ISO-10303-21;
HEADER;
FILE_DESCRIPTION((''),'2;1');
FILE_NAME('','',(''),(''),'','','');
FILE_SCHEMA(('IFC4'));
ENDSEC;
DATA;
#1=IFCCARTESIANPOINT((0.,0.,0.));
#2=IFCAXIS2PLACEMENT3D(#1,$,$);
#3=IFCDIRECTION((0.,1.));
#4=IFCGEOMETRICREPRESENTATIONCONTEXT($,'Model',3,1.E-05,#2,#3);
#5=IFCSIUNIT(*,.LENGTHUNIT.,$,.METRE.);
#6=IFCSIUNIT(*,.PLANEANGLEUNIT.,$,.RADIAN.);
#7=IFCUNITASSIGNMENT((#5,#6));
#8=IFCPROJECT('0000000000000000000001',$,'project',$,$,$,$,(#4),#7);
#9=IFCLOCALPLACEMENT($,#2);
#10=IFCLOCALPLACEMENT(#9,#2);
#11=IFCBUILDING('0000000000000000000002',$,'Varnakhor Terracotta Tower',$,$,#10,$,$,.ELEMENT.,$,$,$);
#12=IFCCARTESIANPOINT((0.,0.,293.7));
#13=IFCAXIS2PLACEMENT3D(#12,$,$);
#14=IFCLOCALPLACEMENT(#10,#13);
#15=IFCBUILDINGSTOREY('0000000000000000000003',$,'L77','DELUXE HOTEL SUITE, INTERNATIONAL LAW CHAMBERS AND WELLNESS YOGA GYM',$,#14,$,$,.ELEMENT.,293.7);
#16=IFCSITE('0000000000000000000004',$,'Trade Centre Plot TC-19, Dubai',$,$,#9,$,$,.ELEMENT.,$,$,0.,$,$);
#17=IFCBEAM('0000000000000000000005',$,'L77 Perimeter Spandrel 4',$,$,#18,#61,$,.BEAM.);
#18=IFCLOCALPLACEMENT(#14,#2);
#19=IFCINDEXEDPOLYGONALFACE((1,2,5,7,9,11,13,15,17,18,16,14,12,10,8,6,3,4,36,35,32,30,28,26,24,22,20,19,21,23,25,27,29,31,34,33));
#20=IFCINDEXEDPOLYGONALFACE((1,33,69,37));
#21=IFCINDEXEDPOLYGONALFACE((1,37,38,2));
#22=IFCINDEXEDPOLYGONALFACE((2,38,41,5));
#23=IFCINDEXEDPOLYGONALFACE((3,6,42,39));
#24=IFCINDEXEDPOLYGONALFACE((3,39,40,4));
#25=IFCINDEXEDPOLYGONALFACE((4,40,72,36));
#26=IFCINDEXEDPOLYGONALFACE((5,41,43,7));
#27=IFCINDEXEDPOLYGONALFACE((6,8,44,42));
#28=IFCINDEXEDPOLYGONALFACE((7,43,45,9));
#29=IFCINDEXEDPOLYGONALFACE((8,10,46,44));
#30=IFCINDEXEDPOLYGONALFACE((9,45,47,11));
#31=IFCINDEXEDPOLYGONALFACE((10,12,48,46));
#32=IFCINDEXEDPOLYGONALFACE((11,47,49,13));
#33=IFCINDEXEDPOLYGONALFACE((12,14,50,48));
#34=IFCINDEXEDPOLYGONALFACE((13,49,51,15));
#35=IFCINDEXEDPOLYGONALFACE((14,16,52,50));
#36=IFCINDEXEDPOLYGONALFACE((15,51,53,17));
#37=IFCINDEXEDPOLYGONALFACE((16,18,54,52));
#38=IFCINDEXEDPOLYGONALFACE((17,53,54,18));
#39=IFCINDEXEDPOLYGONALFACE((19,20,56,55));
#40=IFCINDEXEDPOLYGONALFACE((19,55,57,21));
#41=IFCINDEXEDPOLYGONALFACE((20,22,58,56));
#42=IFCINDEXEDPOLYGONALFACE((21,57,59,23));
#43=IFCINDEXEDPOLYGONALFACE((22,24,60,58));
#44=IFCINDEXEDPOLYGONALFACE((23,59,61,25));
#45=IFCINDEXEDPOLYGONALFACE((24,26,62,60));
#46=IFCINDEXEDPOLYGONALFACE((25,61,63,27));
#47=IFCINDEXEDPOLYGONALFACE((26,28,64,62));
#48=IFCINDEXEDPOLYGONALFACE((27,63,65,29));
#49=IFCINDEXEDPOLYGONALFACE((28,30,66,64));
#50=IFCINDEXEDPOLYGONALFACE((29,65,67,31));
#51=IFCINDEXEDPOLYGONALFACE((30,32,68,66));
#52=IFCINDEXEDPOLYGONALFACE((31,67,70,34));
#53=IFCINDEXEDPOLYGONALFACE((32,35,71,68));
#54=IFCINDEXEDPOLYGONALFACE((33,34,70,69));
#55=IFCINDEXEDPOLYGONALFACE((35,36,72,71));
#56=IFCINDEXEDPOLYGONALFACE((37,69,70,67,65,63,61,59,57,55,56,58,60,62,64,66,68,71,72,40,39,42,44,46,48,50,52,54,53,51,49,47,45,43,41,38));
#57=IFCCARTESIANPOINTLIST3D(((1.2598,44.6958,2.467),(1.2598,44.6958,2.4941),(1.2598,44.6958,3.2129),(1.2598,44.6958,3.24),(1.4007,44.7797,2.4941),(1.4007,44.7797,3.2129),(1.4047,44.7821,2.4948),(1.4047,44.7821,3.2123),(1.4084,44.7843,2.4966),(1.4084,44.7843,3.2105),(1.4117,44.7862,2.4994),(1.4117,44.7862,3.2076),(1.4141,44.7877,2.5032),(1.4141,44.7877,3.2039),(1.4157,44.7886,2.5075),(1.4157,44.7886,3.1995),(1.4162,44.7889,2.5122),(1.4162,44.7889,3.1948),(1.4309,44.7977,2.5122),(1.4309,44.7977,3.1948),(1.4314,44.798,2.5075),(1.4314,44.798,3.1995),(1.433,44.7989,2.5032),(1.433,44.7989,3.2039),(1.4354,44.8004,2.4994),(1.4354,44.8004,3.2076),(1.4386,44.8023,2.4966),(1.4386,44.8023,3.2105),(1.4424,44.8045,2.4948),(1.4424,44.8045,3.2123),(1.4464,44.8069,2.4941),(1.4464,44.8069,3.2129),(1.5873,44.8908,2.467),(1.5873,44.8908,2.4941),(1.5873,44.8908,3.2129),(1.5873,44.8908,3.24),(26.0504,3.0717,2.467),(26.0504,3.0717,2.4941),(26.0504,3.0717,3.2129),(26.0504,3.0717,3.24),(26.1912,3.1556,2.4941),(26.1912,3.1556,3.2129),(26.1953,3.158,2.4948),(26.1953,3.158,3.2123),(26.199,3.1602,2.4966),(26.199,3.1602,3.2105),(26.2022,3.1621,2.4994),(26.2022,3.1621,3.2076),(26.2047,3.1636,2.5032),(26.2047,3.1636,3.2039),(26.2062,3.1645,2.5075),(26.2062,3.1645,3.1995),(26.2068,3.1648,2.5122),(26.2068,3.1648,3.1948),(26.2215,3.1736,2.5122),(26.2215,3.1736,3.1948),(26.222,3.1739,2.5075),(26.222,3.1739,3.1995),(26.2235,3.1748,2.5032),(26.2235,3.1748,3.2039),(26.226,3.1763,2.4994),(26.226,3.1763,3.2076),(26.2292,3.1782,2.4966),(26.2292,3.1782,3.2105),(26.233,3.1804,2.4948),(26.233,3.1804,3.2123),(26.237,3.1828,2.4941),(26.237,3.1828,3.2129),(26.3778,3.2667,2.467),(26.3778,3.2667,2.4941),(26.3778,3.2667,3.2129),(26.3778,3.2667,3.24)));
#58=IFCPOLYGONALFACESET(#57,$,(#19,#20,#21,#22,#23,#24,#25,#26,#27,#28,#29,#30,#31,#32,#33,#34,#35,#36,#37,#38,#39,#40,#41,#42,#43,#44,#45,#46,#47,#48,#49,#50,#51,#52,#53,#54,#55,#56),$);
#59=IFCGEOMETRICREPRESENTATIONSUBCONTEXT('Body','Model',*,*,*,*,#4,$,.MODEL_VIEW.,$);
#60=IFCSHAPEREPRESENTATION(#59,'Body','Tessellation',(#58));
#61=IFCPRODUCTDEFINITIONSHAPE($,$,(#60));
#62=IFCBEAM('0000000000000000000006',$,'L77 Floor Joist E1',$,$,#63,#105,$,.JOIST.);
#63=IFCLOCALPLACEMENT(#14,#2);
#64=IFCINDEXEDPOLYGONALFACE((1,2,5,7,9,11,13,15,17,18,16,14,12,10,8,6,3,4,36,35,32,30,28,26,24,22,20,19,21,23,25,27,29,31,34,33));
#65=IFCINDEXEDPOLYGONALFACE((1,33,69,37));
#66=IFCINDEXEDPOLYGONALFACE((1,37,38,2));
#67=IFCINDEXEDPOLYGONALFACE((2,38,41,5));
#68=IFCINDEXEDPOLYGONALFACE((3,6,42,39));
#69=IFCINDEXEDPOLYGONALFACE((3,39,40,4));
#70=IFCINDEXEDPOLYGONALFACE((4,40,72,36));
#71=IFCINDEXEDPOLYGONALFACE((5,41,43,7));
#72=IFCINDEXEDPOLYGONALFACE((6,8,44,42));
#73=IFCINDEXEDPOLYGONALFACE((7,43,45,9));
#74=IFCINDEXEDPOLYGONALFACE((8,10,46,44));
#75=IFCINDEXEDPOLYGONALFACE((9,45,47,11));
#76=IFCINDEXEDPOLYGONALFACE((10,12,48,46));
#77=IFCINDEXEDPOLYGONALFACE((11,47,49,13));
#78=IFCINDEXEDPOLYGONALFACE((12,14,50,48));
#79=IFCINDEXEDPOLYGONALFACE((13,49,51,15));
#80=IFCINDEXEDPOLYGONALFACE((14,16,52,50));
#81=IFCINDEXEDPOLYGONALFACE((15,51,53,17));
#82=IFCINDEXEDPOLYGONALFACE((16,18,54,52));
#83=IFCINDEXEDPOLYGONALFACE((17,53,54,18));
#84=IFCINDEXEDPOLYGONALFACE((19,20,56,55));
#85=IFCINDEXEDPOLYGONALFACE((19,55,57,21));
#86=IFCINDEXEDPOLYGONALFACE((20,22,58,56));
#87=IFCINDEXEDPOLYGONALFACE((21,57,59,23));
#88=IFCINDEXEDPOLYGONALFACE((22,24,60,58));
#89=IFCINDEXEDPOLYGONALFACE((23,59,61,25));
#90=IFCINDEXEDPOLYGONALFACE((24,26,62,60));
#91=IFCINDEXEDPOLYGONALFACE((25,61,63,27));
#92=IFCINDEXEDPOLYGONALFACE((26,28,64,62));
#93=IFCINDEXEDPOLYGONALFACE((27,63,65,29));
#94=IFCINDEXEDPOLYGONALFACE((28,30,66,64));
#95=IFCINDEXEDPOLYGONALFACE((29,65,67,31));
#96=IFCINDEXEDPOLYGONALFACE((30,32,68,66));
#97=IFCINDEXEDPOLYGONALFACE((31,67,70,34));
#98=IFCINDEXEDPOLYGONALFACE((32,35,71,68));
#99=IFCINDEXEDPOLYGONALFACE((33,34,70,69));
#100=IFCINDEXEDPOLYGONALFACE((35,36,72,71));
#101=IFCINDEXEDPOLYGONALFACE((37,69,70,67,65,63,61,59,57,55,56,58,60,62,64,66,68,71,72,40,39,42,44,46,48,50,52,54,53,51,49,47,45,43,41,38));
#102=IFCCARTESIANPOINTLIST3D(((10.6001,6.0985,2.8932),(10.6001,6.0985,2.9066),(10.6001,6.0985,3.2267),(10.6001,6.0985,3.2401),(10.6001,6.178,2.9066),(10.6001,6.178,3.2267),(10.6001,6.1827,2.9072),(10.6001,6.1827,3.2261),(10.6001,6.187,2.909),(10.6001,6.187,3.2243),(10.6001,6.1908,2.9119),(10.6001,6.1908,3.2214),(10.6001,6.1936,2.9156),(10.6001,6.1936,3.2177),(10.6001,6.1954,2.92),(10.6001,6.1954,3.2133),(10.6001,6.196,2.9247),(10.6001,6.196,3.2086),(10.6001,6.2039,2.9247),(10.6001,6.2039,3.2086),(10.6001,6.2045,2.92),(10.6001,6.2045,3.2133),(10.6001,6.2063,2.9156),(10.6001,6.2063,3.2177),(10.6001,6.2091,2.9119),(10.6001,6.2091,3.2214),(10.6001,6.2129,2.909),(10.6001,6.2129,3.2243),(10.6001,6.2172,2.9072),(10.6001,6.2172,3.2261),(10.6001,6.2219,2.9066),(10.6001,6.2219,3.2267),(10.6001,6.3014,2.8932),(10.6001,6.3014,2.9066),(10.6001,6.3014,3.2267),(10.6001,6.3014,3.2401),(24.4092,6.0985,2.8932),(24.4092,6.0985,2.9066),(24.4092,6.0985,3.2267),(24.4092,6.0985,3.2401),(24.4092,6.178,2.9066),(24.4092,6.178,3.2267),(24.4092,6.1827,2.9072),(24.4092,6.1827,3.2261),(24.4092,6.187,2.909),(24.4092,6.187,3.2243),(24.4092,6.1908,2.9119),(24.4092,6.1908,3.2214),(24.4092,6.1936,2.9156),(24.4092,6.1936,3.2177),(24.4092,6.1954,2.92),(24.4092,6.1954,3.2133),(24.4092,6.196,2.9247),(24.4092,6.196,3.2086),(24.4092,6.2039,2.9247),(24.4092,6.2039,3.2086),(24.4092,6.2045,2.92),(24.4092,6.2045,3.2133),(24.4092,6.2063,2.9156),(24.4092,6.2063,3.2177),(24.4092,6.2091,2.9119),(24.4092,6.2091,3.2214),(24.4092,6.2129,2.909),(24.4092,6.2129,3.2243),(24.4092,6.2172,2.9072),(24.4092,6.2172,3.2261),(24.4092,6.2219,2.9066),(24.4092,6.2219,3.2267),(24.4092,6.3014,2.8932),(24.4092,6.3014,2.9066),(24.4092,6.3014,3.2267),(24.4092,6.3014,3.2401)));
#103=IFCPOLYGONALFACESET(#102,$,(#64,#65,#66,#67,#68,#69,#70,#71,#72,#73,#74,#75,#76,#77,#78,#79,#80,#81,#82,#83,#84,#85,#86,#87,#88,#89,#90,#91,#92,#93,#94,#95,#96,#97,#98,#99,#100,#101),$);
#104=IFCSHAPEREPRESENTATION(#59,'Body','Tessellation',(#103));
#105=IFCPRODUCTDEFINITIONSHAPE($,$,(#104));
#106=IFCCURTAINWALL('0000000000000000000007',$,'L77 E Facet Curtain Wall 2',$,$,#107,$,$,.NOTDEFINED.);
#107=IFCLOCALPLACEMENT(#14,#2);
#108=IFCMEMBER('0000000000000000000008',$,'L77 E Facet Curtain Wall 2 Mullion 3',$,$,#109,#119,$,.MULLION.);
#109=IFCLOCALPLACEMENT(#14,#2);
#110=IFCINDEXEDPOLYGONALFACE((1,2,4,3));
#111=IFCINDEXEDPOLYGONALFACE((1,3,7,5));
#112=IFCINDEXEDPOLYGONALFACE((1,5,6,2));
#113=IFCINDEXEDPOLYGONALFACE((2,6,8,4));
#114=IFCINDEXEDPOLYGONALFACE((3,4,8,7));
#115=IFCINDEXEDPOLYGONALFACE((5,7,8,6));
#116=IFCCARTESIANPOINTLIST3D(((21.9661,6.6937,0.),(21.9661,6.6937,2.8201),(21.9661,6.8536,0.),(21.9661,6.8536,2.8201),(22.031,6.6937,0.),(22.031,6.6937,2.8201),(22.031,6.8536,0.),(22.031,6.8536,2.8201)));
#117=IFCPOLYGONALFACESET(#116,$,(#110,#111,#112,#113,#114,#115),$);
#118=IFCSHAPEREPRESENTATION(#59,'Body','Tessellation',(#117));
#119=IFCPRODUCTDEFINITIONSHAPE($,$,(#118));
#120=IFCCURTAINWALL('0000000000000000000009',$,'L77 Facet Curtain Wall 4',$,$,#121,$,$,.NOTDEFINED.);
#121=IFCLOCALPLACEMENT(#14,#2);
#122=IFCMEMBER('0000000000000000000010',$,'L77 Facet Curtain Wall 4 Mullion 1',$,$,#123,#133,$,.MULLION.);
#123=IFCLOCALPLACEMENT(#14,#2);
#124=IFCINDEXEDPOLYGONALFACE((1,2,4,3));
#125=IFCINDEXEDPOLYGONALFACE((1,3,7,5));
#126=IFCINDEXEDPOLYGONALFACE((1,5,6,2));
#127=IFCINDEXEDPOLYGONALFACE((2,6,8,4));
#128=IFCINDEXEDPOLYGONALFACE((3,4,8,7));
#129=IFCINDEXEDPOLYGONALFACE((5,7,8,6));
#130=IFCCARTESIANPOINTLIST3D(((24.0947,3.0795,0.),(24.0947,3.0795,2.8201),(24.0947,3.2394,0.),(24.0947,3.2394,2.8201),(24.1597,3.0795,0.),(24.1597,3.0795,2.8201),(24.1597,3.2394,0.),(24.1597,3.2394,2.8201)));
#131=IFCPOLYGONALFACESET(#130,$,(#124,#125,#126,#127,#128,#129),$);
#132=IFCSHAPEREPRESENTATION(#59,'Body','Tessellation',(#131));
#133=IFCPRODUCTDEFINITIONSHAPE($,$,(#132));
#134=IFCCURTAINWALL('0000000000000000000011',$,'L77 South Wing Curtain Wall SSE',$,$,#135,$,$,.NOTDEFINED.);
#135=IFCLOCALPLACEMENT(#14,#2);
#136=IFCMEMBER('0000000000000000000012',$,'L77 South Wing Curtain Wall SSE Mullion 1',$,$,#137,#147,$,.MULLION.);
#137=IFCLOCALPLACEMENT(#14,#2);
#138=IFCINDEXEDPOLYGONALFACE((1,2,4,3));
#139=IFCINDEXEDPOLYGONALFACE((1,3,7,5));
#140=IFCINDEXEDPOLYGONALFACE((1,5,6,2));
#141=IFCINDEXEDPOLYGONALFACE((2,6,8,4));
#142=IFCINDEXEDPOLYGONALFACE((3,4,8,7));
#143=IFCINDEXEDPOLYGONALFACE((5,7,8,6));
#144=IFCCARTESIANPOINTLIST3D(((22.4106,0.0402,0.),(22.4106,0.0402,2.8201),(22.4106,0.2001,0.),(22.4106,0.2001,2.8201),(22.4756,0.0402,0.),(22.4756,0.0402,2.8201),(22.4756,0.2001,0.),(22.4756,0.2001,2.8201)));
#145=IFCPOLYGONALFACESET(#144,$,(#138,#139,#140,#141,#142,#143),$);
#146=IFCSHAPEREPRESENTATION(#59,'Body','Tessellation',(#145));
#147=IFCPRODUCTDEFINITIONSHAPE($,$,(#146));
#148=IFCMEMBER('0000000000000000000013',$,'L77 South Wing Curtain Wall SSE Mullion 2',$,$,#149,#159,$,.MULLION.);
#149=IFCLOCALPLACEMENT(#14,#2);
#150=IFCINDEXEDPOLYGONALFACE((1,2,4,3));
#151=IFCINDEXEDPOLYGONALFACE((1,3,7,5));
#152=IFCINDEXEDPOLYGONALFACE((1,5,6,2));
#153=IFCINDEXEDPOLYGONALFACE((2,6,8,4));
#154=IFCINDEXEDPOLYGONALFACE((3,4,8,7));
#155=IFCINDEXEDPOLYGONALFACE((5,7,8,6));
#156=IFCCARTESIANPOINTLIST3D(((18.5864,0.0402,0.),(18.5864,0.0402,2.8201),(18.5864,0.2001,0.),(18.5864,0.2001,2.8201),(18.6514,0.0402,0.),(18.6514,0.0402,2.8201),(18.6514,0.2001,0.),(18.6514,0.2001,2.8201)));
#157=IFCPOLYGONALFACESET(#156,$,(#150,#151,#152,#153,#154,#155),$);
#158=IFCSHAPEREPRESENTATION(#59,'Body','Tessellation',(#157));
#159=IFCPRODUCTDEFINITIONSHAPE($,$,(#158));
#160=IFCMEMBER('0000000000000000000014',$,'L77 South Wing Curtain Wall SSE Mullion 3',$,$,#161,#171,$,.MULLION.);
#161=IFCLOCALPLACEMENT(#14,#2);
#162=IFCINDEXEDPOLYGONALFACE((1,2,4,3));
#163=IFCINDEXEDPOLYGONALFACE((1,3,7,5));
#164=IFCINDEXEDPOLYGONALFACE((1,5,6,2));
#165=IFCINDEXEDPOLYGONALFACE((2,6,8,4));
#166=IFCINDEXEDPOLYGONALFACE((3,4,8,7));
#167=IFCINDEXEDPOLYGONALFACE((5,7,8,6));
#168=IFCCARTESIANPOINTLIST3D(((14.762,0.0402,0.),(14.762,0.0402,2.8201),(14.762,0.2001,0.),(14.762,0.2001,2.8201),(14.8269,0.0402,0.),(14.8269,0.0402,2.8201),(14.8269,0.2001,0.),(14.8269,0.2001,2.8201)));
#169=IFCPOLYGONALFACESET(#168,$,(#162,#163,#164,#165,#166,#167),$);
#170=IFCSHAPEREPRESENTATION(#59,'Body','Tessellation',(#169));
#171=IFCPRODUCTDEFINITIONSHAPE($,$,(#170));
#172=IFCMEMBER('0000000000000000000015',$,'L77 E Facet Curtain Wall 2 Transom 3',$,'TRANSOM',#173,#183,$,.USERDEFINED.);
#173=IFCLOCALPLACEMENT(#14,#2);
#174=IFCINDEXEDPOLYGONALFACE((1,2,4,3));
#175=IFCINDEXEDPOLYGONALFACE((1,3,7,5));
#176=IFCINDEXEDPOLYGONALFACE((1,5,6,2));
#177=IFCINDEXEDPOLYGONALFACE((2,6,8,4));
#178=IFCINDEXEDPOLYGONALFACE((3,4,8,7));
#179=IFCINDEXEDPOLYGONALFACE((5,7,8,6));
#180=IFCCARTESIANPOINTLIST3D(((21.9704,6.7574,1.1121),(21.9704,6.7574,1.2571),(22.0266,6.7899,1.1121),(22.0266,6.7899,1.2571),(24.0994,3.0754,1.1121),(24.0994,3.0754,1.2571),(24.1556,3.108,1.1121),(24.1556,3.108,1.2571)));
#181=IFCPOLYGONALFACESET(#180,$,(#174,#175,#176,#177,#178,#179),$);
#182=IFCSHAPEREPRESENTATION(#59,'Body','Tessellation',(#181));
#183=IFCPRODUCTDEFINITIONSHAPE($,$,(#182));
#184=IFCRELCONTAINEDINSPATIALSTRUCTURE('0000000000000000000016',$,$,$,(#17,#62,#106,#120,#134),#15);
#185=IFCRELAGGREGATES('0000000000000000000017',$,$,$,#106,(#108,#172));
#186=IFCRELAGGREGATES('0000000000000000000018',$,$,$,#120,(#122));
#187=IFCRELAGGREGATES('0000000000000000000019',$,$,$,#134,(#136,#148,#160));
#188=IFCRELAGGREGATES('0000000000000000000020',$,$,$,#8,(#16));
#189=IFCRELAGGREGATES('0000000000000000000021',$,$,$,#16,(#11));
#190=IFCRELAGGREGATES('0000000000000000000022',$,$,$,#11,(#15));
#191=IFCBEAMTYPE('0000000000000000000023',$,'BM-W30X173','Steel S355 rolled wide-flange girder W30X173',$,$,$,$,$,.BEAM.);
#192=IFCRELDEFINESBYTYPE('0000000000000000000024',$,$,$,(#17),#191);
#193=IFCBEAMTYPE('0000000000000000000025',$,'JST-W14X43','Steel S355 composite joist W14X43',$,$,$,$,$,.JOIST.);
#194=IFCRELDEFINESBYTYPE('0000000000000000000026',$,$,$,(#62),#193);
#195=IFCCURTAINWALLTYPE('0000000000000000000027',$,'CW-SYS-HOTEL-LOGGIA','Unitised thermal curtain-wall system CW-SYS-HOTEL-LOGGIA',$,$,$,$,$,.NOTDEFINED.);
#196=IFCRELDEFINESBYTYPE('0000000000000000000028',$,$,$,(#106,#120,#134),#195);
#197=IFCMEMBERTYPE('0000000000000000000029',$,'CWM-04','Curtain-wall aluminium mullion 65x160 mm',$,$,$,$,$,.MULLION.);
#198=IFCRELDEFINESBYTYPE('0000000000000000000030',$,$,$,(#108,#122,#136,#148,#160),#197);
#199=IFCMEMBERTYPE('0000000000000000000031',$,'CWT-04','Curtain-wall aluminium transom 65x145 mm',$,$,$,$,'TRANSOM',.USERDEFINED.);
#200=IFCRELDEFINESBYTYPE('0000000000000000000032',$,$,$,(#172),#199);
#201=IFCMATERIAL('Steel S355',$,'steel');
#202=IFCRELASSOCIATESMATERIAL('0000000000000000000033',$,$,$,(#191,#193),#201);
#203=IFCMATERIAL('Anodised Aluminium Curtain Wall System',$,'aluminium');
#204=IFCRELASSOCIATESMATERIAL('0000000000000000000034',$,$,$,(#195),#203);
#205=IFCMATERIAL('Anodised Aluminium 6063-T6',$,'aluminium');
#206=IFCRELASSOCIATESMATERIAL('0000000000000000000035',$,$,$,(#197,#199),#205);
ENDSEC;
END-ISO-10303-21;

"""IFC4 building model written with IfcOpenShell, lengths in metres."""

from ifc_helpers import new_model, si_unit, direction, frame, origin, origin_2d, place, context, subcontext, project, spatial, rectangle, i_section, extrude, source, transform, mapped, material, material_profile, profile_set, type_object, type_shapes, element, aggregate, save


model = new_model("IFC4")

# Units and contexts
model_context = context("Model", 3, precision=1e-05, world=origin(), true_north=direction((0.0, 1.0)))
body_context = subcontext(model_context, "Body", "Model", "MODEL_VIEW")
ifc_project = project(units=[si_unit("LENGTHUNIT", "METRE"), si_unit("PLANEANGLEUNIT", "RADIAN")], contexts=[model_context])

# Site, building, storey
site_placement = place(None, origin())
site = spatial("IfcSite", under=ifc_project, at=site_placement, Name="Trade Centre Plot TC-19, Dubai", CompositionType="ELEMENT", RefElevation=0.0)
building_placement = place(site_placement, origin())
building = spatial("IfcBuilding", under=site, at=building_placement, Name="Varnakhor Terracotta Tower", CompositionType="ELEMENT")
storey_placement = place(building_placement, frame((0.0, 0.0, 293.7)))
storey = spatial("IfcBuildingStorey", under=building, at=storey_placement, Name="L77", Description="DELUXE HOTEL SUITE, INTERNATIONAL LAW CHAMBERS AND WELLNESS YOGA GYM", CompositionType="ELEMENT", Elevation=293.7)

# Shared definitions
ifc_material_1 = material(Name="Steel S355", Category="steel")

# Beams
ifc_material_profile_1 = material_profile(ifc_material_1, i_section(OverallWidth=0.3811, OverallDepth=0.7729, WebThickness=0.0171, FlangeThickness=0.0271, FilletRadius=0.0181, at=origin_2d()), Name="W30X173")
ifc_profile_set_1 = profile_set([ifc_material_profile_1], Name="Steel S355")
beam_type_1 = type_object("IfcBeamType", Name="BM-W30X173", Description="Steel S355 rolled wide-flange girder W30X173", PredefinedType="BEAM", material=ifc_profile_set_1)
shared_shape_1 = source(origin(), body_context, "Body", "SweptSolid", [
    extrude(i_section(OverallWidth=0.3811, OverallDepth=0.7729, WebThickness=0.0171, FlangeThickness=0.0271, FilletRadius=0.0181, at=origin_2d()), origin(), (0.0, 0.0, 1.0), 48.4473),
])
beam_1_placement = place(storey_placement, frame((26.2141, 3.1692, 2.8535), z_axis=(-0.511702, 0.859163, 0.0), x_axis=(-0.859163, -0.511702, 0.0)))
element("IfcBeam", 1, at=beam_1_placement, inside=storey, type_object=beam_type_1, Name="L77 Perimeter Spandrel 4", PredefinedType="BEAM", context=body_context, shape_type="MappedRepresentation", body=[
    mapped(shared_shape_1, transform((0.0, 0.0, 0.0), scale=1.0)),
])
ifc_material_profile_2 = material_profile(ifc_material_1, i_section(OverallWidth=0.2029, OverallDepth=0.3469, WebThickness=0.0078, FlangeThickness=0.0134, FilletRadius=0.0181, at=origin_2d()), Name="W14X43")
ifc_profile_set_2 = profile_set([ifc_material_profile_2], Name="Steel S355")
beam_type_2 = type_object("IfcBeamType", Name="JST-W14X43", Description="Steel S355 composite joist W14X43", PredefinedType="JOIST", material=ifc_profile_set_2)
shared_shape_2 = source(origin(), body_context, "Body", "SweptSolid", [
    extrude(i_section(OverallWidth=0.2029, OverallDepth=0.3469, WebThickness=0.0078, FlangeThickness=0.0134, FilletRadius=0.0181, at=origin_2d()), origin(), (0.0, 0.0, 1.0), 13.8091),
])
beam_2_placement = place(storey_placement, frame((10.6001, 6.2, 3.0667), z_axis=(1.0, 0.0, 0.0), x_axis=(0.0, 1.0, 0.0)))
element("IfcBeam", 2, at=beam_2_placement, inside=storey, type_object=beam_type_2, Name="L77 Floor Joist E1", PredefinedType="JOIST", context=body_context, shape_type="MappedRepresentation", body=[
    mapped(shared_shape_2, transform((0.0, 0.0, 0.0), scale=1.0)),
])

# Curtain walls, members
ifc_material_2 = material(Name="Anodised Aluminium Curtain Wall System", Category="aluminium")
curtain_wall_type = type_object("IfcCurtainWallType", Name="CW-SYS-HOTEL-LOGGIA", Description="Unitised thermal curtain-wall system CW-SYS-HOTEL-LOGGIA", PredefinedType="NOTDEFINED", material=ifc_material_2)
curtain_wall_1_placement = place(storey_placement, origin())
curtain_wall_1 = element("IfcCurtainWall", 3, at=curtain_wall_1_placement, inside=storey, type_object=curtain_wall_type, Name="L77 E Facet Curtain Wall 2", PredefinedType="NOTDEFINED")
ifc_material_3 = material(Name="Anodised Aluminium 6063-T6", Category="aluminium")
ifc_material_profile_3 = material_profile(ifc_material_3, rectangle(XDim=0.0649, YDim=0.1599, at=origin_2d()), Name="ALU MULLION 65x160")
ifc_profile_set_3 = profile_set([ifc_material_profile_3], Name="Anodised Aluminium 6063-T6")
member_type_1 = type_object("IfcMemberType", Name="CWM-04", Description="Curtain-wall aluminium mullion 65x160 mm", PredefinedType="MULLION", material=ifc_profile_set_3)
shared_shape_3 = source(origin(), body_context, "Body", "SweptSolid", [
    extrude(rectangle(XDim=0.0649, YDim=0.1599, at=origin_2d()), origin(), (0.0, 0.0, 1.0), 2.8201),
])
type_shapes(member_type_1, [shared_shape_3])
member_1_placement = place(storey_placement, frame((21.9985, 6.7737, 0.0), z_axis=(0.0, 0.0, 1.0), x_axis=(1.0, 0.0, 0.0)))
member_1 = element("IfcMember", 4, at=member_1_placement, type_object=member_type_1, Name="L77 E Facet Curtain Wall 2 Mullion 3", PredefinedType="MULLION", context=body_context, shape_type="MappedRepresentation", body=[
    mapped(shared_shape_3, transform((0.0, 0.0, 0.0), scale=1.0)),
])
curtain_wall_2_placement = place(storey_placement, origin())
curtain_wall_2 = element("IfcCurtainWall", 5, at=curtain_wall_2_placement, inside=storey, type_object=curtain_wall_type, Name="L77 Facet Curtain Wall 4", PredefinedType="NOTDEFINED")
member_2_placement = place(storey_placement, frame((24.1272, 3.1594, 0.0), z_axis=(0.0, 0.0, 1.0), x_axis=(1.0, 0.0, 0.0)))
member_2 = element("IfcMember", 6, at=member_2_placement, type_object=member_type_1, Name="L77 Facet Curtain Wall 4 Mullion 1", PredefinedType="MULLION", context=body_context, shape_type="MappedRepresentation", body=[
    mapped(shared_shape_3, transform((0.0, 0.0, 0.0), scale=1.0)),
])

# Curtain wall, members
curtain_wall_3_placement = place(storey_placement, origin())
curtain_wall_3 = element("IfcCurtainWall", 7, at=curtain_wall_3_placement, inside=storey, type_object=curtain_wall_type, Name="L77 South Wing Curtain Wall SSE", PredefinedType="NOTDEFINED")
member_3_placement = place(storey_placement, frame((22.4431, 0.1201, 0.0), z_axis=(0.0, 0.0, 1.0), x_axis=(1.0, 0.0, 0.0)))
member_3 = element("IfcMember", 8, at=member_3_placement, type_object=member_type_1, Name="L77 South Wing Curtain Wall SSE Mullion 1", PredefinedType="MULLION", context=body_context, shape_type="MappedRepresentation", body=[
    mapped(shared_shape_3, transform((0.0, 0.0, 0.0), scale=1.0)),
])
member_4_placement = place(storey_placement, frame((18.6189, 0.1201, 0.0), z_axis=(0.0, 0.0, 1.0), x_axis=(1.0, 0.0, 0.0)))
member_4 = element("IfcMember", 9, at=member_4_placement, type_object=member_type_1, Name="L77 South Wing Curtain Wall SSE Mullion 2", PredefinedType="MULLION", context=body_context, shape_type="MappedRepresentation", body=[
    mapped(shared_shape_3, transform((0.0, 0.0, 0.0), scale=1.0)),
])
member_5_placement = place(storey_placement, frame((14.7944, 0.1201, 0.0), z_axis=(0.0, 0.0, 1.0), x_axis=(1.0, 0.0, 0.0)))
member_5 = element("IfcMember", 10, at=member_5_placement, type_object=member_type_1, Name="L77 South Wing Curtain Wall SSE Mullion 3", PredefinedType="MULLION", context=body_context, shape_type="MappedRepresentation", body=[
    mapped(shared_shape_3, transform((0.0, 0.0, 0.0), scale=1.0)),
])

# Member
ifc_material_profile_4 = material_profile(ifc_material_3, rectangle(XDim=0.0649, YDim=0.145, at=origin_2d()), Name="ALU TRANSOM 65x145")
ifc_profile_set_4 = profile_set([ifc_material_profile_4], Name="Anodised Aluminium 6063-T6")
member_type_2 = type_object("IfcMemberType", Name="CWT-04", Description="Curtain-wall aluminium transom 65x145 mm", ElementType="TRANSOM", PredefinedType="USERDEFINED", material=ifc_profile_set_4)
shared_shape_4 = source(origin(), body_context, "Body", "SweptSolid", [
    extrude(rectangle(XDim=0.0649, YDim=0.145, at=origin_2d()), origin(), (0.0, 0.0, 1.0), 4.2532),
])
member_6_placement = place(storey_placement, frame((21.9985, 6.7737, 1.1846), z_axis=(0.500559, -0.865703, 0.0), x_axis=(0.865703, 0.500559, 0.0)))
member_6 = element("IfcMember", 11, at=member_6_placement, type_object=member_type_2, Name="L77 E Facet Curtain Wall 2 Transom 3", ObjectType="TRANSOM", PredefinedType="USERDEFINED", context=body_context, shape_type="MappedRepresentation", body=[
    mapped(shared_shape_4, transform((0.0, 0.0, 0.0), scale=1.0)),
])

aggregate(curtain_wall_1, [member_1, member_6])
aggregate(curtain_wall_2, [member_2])
aggregate(curtain_wall_3, [member_3, member_4, member_5])

save(model, "model.ifc")
